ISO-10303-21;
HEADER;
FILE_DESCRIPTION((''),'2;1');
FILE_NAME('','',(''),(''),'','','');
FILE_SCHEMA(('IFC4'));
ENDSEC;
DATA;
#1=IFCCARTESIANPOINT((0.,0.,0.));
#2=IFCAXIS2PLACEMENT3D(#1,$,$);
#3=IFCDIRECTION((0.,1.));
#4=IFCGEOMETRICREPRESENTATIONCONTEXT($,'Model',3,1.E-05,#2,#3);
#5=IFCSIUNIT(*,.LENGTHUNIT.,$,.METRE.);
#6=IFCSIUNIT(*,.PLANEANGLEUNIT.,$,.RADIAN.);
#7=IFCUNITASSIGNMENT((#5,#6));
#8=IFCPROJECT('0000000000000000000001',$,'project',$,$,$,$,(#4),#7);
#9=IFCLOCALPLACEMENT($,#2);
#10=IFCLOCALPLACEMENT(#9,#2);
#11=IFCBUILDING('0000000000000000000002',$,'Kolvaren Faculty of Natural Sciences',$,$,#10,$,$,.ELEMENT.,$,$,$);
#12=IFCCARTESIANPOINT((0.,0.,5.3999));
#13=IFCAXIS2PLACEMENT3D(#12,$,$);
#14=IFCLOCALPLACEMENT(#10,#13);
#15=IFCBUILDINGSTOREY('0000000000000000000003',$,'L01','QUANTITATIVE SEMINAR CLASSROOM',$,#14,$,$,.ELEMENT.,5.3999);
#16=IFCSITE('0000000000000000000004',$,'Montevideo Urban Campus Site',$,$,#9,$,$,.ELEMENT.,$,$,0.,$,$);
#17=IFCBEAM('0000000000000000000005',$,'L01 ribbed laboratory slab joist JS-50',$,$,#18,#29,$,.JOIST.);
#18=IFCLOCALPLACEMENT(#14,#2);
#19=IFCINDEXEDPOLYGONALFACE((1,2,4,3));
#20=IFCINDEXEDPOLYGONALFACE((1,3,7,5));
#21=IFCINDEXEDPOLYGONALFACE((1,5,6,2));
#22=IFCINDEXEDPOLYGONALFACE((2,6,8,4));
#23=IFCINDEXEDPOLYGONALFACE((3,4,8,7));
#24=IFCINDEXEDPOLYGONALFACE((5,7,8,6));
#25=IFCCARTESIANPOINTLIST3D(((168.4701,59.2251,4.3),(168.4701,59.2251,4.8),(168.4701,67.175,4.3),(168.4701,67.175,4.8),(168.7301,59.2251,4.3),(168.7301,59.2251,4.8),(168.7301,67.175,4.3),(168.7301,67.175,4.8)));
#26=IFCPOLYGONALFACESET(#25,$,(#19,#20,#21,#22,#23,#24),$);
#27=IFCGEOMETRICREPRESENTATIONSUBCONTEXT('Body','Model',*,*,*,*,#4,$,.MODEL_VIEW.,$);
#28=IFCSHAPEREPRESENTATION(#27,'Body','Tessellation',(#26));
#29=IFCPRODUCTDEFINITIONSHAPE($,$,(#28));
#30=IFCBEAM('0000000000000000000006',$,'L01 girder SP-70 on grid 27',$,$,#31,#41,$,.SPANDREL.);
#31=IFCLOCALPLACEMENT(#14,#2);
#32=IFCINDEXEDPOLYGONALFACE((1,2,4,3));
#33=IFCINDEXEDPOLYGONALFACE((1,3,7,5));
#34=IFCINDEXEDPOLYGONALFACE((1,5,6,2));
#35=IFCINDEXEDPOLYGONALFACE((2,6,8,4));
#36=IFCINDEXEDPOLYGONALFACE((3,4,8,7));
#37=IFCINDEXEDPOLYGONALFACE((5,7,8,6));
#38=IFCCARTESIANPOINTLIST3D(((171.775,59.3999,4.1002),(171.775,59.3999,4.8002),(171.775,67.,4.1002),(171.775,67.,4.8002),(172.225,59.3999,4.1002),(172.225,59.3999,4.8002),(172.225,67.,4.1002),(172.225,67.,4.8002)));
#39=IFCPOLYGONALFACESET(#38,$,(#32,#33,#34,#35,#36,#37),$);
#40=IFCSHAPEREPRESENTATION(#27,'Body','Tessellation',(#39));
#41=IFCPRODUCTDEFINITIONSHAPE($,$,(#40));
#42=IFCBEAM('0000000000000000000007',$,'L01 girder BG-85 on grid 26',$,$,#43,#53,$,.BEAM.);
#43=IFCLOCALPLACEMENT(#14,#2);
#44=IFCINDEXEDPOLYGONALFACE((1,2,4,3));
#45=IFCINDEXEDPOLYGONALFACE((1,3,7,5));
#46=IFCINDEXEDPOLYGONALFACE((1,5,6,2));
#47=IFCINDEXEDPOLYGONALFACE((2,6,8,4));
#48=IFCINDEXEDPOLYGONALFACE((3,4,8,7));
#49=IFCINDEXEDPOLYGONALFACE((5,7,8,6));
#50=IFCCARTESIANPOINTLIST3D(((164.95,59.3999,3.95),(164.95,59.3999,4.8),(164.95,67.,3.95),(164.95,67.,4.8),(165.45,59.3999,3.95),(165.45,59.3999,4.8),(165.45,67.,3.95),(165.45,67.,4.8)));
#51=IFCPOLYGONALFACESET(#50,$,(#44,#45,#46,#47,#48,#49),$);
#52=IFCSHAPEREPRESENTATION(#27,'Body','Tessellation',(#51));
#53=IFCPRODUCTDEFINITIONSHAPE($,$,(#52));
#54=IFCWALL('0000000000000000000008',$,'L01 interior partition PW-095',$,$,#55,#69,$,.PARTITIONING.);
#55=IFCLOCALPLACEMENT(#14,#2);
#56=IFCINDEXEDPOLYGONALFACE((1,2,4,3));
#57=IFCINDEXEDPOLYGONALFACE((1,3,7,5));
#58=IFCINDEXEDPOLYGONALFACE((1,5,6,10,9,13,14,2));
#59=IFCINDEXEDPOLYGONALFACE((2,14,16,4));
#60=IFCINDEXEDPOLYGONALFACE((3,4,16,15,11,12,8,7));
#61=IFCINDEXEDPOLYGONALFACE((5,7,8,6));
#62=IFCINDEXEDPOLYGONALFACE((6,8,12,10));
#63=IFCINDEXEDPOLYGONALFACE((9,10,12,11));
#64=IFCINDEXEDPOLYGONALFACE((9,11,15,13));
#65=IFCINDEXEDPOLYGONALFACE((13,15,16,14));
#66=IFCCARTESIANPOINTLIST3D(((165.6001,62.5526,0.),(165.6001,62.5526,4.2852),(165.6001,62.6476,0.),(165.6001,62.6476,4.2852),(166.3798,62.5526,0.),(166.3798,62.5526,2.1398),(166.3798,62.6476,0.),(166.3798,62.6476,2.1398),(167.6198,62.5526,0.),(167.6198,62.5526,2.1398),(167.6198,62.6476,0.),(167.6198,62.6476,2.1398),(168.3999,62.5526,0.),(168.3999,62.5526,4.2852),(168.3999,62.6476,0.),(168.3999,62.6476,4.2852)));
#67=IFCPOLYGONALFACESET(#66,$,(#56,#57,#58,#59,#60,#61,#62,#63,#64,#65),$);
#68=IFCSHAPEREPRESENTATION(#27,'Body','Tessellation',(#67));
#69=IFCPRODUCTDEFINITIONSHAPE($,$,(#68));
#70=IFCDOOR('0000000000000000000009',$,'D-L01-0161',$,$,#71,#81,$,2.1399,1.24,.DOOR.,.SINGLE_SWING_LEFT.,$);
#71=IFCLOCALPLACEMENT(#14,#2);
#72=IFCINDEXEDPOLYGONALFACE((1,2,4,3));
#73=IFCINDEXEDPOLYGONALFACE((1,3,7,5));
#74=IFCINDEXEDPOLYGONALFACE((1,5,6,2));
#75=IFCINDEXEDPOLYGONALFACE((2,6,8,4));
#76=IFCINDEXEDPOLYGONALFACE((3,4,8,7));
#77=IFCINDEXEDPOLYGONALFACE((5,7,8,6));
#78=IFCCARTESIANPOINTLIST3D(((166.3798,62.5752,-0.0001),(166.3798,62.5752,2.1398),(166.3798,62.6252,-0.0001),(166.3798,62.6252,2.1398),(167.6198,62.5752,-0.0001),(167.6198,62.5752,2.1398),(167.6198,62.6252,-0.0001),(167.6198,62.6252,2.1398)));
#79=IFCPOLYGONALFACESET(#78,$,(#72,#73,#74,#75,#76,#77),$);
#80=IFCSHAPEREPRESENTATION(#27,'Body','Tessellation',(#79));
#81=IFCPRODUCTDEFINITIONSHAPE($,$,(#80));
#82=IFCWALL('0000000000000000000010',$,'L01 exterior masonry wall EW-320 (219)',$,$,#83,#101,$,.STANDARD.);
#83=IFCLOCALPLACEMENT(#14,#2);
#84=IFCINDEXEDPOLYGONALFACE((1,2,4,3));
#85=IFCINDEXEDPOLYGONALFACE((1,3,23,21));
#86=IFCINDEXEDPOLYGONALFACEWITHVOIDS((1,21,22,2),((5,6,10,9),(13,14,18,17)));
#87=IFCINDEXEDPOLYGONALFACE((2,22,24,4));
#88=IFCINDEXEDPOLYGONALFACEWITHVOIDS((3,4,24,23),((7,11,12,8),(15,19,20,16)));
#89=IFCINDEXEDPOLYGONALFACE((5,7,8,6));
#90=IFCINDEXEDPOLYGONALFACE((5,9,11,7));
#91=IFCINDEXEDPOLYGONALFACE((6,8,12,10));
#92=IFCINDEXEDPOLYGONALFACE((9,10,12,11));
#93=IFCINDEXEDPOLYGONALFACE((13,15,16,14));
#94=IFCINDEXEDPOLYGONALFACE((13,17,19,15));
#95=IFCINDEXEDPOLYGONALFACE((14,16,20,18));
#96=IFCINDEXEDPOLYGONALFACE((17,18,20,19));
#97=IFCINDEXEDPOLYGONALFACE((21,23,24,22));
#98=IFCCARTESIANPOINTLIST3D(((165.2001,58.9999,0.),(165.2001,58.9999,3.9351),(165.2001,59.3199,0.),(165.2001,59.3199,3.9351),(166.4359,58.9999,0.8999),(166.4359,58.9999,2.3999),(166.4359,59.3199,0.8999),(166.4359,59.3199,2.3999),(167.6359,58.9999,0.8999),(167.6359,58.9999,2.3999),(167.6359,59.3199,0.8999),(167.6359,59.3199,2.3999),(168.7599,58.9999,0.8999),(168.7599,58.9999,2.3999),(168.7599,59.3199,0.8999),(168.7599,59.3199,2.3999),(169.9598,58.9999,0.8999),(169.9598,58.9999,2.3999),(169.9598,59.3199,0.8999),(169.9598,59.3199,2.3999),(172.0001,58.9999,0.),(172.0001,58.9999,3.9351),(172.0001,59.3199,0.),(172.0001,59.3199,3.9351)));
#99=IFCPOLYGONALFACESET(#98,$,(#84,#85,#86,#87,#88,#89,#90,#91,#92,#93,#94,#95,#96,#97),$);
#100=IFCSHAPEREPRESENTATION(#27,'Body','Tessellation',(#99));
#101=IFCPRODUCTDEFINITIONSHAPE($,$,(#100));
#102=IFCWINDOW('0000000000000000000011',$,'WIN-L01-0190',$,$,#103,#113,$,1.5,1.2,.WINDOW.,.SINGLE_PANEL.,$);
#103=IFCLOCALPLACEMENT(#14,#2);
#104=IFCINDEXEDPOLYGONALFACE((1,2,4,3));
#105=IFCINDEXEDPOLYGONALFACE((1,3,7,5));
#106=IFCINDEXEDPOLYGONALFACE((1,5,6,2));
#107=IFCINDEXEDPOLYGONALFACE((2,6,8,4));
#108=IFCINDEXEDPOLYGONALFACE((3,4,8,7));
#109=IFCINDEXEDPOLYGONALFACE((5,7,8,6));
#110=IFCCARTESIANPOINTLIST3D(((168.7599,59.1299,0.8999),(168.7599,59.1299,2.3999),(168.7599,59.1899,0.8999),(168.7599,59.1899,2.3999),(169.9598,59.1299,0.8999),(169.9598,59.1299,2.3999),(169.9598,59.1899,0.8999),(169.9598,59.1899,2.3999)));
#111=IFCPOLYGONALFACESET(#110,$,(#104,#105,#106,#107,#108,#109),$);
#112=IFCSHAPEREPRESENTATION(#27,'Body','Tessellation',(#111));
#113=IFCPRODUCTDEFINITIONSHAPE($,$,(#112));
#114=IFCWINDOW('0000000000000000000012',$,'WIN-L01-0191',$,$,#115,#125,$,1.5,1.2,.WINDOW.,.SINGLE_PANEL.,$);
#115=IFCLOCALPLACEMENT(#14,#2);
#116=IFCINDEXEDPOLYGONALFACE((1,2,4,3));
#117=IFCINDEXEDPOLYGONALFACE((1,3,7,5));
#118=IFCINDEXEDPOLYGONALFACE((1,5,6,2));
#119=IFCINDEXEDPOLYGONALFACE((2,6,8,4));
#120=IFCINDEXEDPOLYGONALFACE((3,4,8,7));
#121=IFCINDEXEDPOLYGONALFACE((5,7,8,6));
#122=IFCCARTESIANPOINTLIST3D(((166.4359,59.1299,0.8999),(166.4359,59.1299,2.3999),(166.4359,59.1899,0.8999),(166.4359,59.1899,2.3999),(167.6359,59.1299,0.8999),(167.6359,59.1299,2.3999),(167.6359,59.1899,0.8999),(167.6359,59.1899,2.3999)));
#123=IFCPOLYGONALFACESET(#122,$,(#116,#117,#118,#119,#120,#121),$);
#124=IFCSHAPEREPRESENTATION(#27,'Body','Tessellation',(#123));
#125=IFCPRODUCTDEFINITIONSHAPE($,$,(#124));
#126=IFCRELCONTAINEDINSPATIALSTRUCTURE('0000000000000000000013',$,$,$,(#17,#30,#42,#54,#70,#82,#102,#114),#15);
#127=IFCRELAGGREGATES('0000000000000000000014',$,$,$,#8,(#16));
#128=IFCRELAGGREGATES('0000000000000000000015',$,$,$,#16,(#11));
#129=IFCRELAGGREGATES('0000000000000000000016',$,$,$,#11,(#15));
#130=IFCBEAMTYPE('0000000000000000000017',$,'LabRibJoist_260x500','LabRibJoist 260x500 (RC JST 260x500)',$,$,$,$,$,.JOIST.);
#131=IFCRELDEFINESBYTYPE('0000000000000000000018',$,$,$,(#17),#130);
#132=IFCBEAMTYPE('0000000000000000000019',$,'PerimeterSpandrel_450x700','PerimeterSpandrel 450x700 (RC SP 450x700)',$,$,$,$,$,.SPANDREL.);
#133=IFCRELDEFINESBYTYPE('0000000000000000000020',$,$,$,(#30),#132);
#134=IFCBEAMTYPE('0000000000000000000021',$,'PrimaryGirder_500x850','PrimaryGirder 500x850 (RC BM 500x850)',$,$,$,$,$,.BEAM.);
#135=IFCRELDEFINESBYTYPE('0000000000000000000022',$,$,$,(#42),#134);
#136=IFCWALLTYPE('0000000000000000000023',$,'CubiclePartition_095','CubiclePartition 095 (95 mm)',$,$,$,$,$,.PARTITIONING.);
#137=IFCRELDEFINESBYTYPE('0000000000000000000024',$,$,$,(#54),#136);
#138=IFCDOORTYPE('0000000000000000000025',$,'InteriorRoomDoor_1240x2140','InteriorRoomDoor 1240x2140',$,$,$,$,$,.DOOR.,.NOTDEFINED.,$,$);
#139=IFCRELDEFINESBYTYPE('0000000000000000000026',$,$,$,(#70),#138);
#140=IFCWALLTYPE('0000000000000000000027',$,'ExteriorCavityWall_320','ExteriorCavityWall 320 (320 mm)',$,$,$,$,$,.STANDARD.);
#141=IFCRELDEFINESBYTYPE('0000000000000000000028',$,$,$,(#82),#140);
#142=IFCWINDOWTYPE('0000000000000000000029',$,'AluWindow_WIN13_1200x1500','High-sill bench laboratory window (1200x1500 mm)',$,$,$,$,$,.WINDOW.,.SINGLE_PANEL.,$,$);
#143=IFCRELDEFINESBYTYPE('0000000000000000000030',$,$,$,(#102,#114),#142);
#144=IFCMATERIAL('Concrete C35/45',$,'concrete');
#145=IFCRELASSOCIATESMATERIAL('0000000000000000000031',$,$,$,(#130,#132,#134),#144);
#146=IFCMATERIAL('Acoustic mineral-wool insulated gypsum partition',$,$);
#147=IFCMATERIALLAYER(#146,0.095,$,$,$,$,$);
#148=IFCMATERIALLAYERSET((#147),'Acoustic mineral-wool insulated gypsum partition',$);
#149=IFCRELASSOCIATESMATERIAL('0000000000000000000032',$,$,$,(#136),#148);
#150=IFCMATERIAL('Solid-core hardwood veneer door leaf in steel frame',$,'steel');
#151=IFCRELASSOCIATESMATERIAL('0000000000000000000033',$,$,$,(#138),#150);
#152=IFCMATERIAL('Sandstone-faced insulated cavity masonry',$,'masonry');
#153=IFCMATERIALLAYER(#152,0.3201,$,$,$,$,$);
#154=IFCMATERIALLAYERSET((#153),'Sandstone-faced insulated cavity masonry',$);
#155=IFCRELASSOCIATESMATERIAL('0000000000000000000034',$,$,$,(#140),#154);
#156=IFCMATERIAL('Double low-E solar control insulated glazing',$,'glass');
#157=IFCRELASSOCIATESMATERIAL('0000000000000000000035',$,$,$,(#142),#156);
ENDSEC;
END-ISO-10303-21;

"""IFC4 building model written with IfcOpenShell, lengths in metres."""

from ifc_helpers import new_model, si_unit, direction, frame, frame_2d, origin, origin_2d, place, context, subcontext, project, spatial, rectangle, extrude, material, layer, layer_set, material_profile, profile_set, type_object, element, fill, save


model = new_model("IFC4")

# Units and contexts
model_context = context("Model", 3, precision=1e-05, world=origin(), true_north=direction((0.0, 1.0)))
body_context = subcontext(model_context, "Body", "Model", "MODEL_VIEW")
ifc_project = project(units=[si_unit("LENGTHUNIT", "METRE"), si_unit("PLANEANGLEUNIT", "RADIAN")], contexts=[model_context])

# Site, building, storey
site_placement = place(None, origin())
site = spatial("IfcSite", under=ifc_project, at=site_placement, Name="Montevideo Urban Campus Site", CompositionType="ELEMENT", RefElevation=0.0)
building_placement = place(site_placement, origin())
building = spatial("IfcBuilding", under=site, at=building_placement, Name="Kolvaren Faculty of Natural Sciences", CompositionType="ELEMENT")
storey_placement = place(building_placement, frame((0.0, 0.0, 5.3999)))
storey = spatial("IfcBuildingStorey", under=building, at=storey_placement, Name="L01", Description="QUANTITATIVE SEMINAR CLASSROOM", CompositionType="ELEMENT", Elevation=5.3999)

# Beams
ifc_material_1 = material(Name="Concrete C35/45", Category="concrete")
ifc_material_profile_1 = material_profile(ifc_material_1, rectangle(XDim=0.26, YDim=0.5, at=origin_2d()), Name="RC JST 260x500")
ifc_profile_set_1 = profile_set([ifc_material_profile_1], Name="Concrete C35/45")
beam_type_1 = type_object("IfcBeamType", Name="LabRibJoist_260x500", Description="LabRibJoist 260x500 (RC JST 260x500)", PredefinedType="JOIST", material=ifc_profile_set_1)
beam_1_placement = place(storey_placement, frame((168.6001, 59.2251, 4.55), z_axis=(0.0, 1.0, 0.0), x_axis=(-1.0, 0.0, 0.0)))
element("IfcBeam", 1, at=beam_1_placement, inside=storey, type_object=beam_type_1, Name="L01 ribbed laboratory slab joist JS-50", PredefinedType="JOIST", context=body_context, shape_type="SweptSolid", body=[
    extrude(rectangle(XDim=0.26, YDim=0.5, at=origin_2d()), origin(), (0.0, 0.0, 1.0), 7.95),
])
ifc_material_profile_2 = material_profile(ifc_material_1, rectangle(XDim=0.45, YDim=0.7, at=origin_2d()), Name="RC SP 450x700")
ifc_profile_set_2 = profile_set([ifc_material_profile_2], Name="Concrete C35/45")
beam_type_2 = type_object("IfcBeamType", Name="PerimeterSpandrel_450x700", Description="PerimeterSpandrel 450x700 (RC SP 450x700)", PredefinedType="SPANDREL", material=ifc_profile_set_2)
beam_2_placement = place(storey_placement, frame((172.0, 59.3999, 4.4502), z_axis=(0.0, 1.0, 0.0), x_axis=(-1.0, 0.0, 0.0)))
element("IfcBeam", 2, at=beam_2_placement, inside=storey, type_object=beam_type_2, Name="L01 girder SP-70 on grid 27", PredefinedType="SPANDREL", context=body_context, shape_type="SweptSolid", body=[
    extrude(rectangle(XDim=0.45, YDim=0.7, at=origin_2d()), origin(), (0.0, 0.0, 1.0), 7.6001),
])
ifc_material_profile_3 = material_profile(ifc_material_1, rectangle(XDim=0.5, YDim=0.8501, at=origin_2d()), Name="RC BM 500x850")
ifc_profile_set_3 = profile_set([ifc_material_profile_3], Name="Concrete C35/45")
beam_type_3 = type_object("IfcBeamType", Name="PrimaryGirder_500x850", Description="PrimaryGirder 500x850 (RC BM 500x850)", PredefinedType="BEAM", material=ifc_profile_set_3)
beam_3_placement = place(storey_placement, frame((165.2, 59.3999, 4.375), z_axis=(0.0, 1.0, 0.0), x_axis=(-1.0, 0.0, 0.0)))
element("IfcBeam", 3, at=beam_3_placement, inside=storey, type_object=beam_type_3, Name="L01 girder BG-85 on grid 26", PredefinedType="BEAM", context=body_context, shape_type="SweptSolid", body=[
    extrude(rectangle(XDim=0.5, YDim=0.8501, at=origin_2d()), origin(), (0.0, 0.0, 1.0), 7.6001),
])

# Wall, opening, door
ifc_material_2 = material(Name="Acoustic mineral-wool insulated gypsum partition")
ifc_layer_1 = layer(ifc_material_2, 0.095)
ifc_layer_set_1 = layer_set([ifc_layer_1], Name="Acoustic mineral-wool insulated gypsum partition")
wall_type_1 = type_object("IfcWallType", Name="CubiclePartition_095", Description="CubiclePartition 095 (95 mm)", PredefinedType="PARTITIONING", material=ifc_layer_set_1)
wall_1_placement = place(storey_placement, frame((168.3999, 62.6001, 0.0), z_axis=(0.0, 0.0, 1.0), x_axis=(-1.0, 0.0, 0.0)))
wall_1 = element("IfcWall", 4, at=wall_1_placement, inside=storey, type_object=wall_type_1, Name="L01 interior partition PW-095", PredefinedType="PARTITIONING", context=body_context, shape_type="SweptSolid", body=[
    extrude(rectangle(XDim=2.7998, YDim=0.095, at=frame_2d((1.3999, 0.0))), origin(), (0.0, 0.0, 1.0), 4.2852),
])
opening_1_placement = place(wall_1_placement, frame((0.78, 0.0, 0.0)))
opening_1 = element("IfcOpeningElement", 5, at=opening_1_placement, cuts=wall_1, PredefinedType="OPENING", context=body_context, shape_type="SweptSolid", body=[
    extrude(rectangle(XDim=1.24, YDim=2.1399, at=frame_2d((0.6201, 1.0698))), frame((0.0, 0.0574, 0.0), z_axis=(0.0, -1.0, 0.0), x_axis=(1.0, 0.0, 0.0)), (0.0, 0.0, 1.0), 0.115),
])
ifc_material_3 = material(Name="Solid-core hardwood veneer door leaf in steel frame", Category="steel")
door_type_1 = type_object("IfcDoorType", Name="InteriorRoomDoor_1240x2140", Description="InteriorRoomDoor 1240x2140", OperationType="NOTDEFINED", PredefinedType="DOOR", material=ifc_material_3)
door_1_placement = place(opening_1_placement, origin())
door_1 = element("IfcDoor", 6, at=door_1_placement, inside=storey, type_object=door_type_1, Name="D-L01-0161", OperationType="SINGLE_SWING_LEFT", OverallHeight=2.1399, OverallWidth=1.24, PredefinedType="DOOR", context=body_context, shape_type="SweptSolid", body=[
    extrude(rectangle(XDim=1.24, YDim=2.1399, at=frame_2d((0.6201, 1.0698))), frame((0.0, 0.0249, 0.0), z_axis=(0.0, -1.0, 0.0), x_axis=(1.0, 0.0, 0.0)), (0.0, 0.0, 1.0), 0.05),
])
fill(opening_1, door_1)

# Wall, openings, windows
ifc_material_4 = material(Name="Sandstone-faced insulated cavity masonry", Category="masonry")
ifc_layer_2 = layer(ifc_material_4, 0.3201)
ifc_layer_set_2 = layer_set([ifc_layer_2], Name="Sandstone-faced insulated cavity masonry")
wall_type_2 = type_object("IfcWallType", Name="ExteriorCavityWall_320", Description="ExteriorCavityWall 320 (320 mm)", PredefinedType="STANDARD", material=ifc_layer_set_2)
wall_2_placement = place(storey_placement, frame((172.0, 59.1599, 0.0), z_axis=(0.0, 0.0, 1.0), x_axis=(-1.0, 0.0, 0.0)))
wall_2 = element("IfcWall", 7, at=wall_2_placement, inside=storey, type_object=wall_type_2, Name="L01 exterior masonry wall EW-320 (219)", PredefinedType="STANDARD", context=body_context, shape_type="SweptSolid", body=[
    extrude(rectangle(XDim=6.8, YDim=0.3201, at=frame_2d((3.3999, 0.0))), origin(), (0.0, 0.0, 1.0), 3.9351),
])
opening_2_placement = place(wall_2_placement, frame((2.04, 0.0, 0.8999)))
opening_2 = element("IfcOpeningElement", 8, at=opening_2_placement, cuts=wall_2, PredefinedType="OPENING", context=body_context, shape_type="SweptSolid", body=[
    extrude(rectangle(XDim=1.2, YDim=1.5, at=frame_2d((0.6001, 0.75))), frame((0.0, 0.1699, 0.0), z_axis=(0.0, -1.0, 0.0), x_axis=(1.0, 0.0, 0.0)), (0.0, 0.0, 1.0), 0.3401),
])
opening_3_placement = place(wall_2_placement, frame((4.364, 0.0, 0.8999)))
opening_3 = element("IfcOpeningElement", 9, at=opening_3_placement, cuts=wall_2, PredefinedType="OPENING", context=body_context, shape_type="SweptSolid", body=[
    extrude(rectangle(XDim=1.2, YDim=1.5, at=frame_2d((0.6001, 0.75))), frame((0.0, 0.1699, 0.0), z_axis=(0.0, -1.0, 0.0), x_axis=(1.0, 0.0, 0.0)), (0.0, 0.0, 1.0), 0.3401),
])
ifc_material_5 = material(Name="Double low-E solar control insulated glazing", Category="glass")
window_type_1 = type_object("IfcWindowType", Name="AluWindow_WIN13_1200x1500", Description="High-sill bench laboratory window (1200x1500 mm)", PartitioningType="SINGLE_PANEL", PredefinedType="WINDOW", material=ifc_material_5)
window_1_placement = place(opening_2_placement, origin())
window_1 = element("IfcWindow", 10, at=window_1_placement, inside=storey, type_object=window_type_1, Name="WIN-L01-0190", OverallHeight=1.5, OverallWidth=1.2, PartitioningType="SINGLE_PANEL", PredefinedType="WINDOW", context=body_context, shape_type="SweptSolid", body=[
    extrude(rectangle(XDim=1.2, YDim=1.5, at=frame_2d((0.6001, 0.75))), frame((0.0, 0.03, 0.0), z_axis=(0.0, -1.0, 0.0), x_axis=(1.0, 0.0, 0.0)), (0.0, 0.0, 1.0), 0.0601),
])
fill(opening_2, window_1)
window_2_placement = place(opening_3_placement, origin())
window_2 = element("IfcWindow", 11, at=window_2_placement, inside=storey, type_object=window_type_1, Name="WIN-L01-0191", OverallHeight=1.5, OverallWidth=1.2, PartitioningType="SINGLE_PANEL", PredefinedType="WINDOW", context=body_context, shape_type="SweptSolid", body=[
    extrude(rectangle(XDim=1.2, YDim=1.5, at=frame_2d((0.6001, 0.75))), frame((0.0, 0.03, 0.0), z_axis=(0.0, -1.0, 0.0), x_axis=(1.0, 0.0, 0.0)), (0.0, 0.0, 1.0), 0.0601),
])
fill(opening_3, window_2)

save(model, "model.ifc")
